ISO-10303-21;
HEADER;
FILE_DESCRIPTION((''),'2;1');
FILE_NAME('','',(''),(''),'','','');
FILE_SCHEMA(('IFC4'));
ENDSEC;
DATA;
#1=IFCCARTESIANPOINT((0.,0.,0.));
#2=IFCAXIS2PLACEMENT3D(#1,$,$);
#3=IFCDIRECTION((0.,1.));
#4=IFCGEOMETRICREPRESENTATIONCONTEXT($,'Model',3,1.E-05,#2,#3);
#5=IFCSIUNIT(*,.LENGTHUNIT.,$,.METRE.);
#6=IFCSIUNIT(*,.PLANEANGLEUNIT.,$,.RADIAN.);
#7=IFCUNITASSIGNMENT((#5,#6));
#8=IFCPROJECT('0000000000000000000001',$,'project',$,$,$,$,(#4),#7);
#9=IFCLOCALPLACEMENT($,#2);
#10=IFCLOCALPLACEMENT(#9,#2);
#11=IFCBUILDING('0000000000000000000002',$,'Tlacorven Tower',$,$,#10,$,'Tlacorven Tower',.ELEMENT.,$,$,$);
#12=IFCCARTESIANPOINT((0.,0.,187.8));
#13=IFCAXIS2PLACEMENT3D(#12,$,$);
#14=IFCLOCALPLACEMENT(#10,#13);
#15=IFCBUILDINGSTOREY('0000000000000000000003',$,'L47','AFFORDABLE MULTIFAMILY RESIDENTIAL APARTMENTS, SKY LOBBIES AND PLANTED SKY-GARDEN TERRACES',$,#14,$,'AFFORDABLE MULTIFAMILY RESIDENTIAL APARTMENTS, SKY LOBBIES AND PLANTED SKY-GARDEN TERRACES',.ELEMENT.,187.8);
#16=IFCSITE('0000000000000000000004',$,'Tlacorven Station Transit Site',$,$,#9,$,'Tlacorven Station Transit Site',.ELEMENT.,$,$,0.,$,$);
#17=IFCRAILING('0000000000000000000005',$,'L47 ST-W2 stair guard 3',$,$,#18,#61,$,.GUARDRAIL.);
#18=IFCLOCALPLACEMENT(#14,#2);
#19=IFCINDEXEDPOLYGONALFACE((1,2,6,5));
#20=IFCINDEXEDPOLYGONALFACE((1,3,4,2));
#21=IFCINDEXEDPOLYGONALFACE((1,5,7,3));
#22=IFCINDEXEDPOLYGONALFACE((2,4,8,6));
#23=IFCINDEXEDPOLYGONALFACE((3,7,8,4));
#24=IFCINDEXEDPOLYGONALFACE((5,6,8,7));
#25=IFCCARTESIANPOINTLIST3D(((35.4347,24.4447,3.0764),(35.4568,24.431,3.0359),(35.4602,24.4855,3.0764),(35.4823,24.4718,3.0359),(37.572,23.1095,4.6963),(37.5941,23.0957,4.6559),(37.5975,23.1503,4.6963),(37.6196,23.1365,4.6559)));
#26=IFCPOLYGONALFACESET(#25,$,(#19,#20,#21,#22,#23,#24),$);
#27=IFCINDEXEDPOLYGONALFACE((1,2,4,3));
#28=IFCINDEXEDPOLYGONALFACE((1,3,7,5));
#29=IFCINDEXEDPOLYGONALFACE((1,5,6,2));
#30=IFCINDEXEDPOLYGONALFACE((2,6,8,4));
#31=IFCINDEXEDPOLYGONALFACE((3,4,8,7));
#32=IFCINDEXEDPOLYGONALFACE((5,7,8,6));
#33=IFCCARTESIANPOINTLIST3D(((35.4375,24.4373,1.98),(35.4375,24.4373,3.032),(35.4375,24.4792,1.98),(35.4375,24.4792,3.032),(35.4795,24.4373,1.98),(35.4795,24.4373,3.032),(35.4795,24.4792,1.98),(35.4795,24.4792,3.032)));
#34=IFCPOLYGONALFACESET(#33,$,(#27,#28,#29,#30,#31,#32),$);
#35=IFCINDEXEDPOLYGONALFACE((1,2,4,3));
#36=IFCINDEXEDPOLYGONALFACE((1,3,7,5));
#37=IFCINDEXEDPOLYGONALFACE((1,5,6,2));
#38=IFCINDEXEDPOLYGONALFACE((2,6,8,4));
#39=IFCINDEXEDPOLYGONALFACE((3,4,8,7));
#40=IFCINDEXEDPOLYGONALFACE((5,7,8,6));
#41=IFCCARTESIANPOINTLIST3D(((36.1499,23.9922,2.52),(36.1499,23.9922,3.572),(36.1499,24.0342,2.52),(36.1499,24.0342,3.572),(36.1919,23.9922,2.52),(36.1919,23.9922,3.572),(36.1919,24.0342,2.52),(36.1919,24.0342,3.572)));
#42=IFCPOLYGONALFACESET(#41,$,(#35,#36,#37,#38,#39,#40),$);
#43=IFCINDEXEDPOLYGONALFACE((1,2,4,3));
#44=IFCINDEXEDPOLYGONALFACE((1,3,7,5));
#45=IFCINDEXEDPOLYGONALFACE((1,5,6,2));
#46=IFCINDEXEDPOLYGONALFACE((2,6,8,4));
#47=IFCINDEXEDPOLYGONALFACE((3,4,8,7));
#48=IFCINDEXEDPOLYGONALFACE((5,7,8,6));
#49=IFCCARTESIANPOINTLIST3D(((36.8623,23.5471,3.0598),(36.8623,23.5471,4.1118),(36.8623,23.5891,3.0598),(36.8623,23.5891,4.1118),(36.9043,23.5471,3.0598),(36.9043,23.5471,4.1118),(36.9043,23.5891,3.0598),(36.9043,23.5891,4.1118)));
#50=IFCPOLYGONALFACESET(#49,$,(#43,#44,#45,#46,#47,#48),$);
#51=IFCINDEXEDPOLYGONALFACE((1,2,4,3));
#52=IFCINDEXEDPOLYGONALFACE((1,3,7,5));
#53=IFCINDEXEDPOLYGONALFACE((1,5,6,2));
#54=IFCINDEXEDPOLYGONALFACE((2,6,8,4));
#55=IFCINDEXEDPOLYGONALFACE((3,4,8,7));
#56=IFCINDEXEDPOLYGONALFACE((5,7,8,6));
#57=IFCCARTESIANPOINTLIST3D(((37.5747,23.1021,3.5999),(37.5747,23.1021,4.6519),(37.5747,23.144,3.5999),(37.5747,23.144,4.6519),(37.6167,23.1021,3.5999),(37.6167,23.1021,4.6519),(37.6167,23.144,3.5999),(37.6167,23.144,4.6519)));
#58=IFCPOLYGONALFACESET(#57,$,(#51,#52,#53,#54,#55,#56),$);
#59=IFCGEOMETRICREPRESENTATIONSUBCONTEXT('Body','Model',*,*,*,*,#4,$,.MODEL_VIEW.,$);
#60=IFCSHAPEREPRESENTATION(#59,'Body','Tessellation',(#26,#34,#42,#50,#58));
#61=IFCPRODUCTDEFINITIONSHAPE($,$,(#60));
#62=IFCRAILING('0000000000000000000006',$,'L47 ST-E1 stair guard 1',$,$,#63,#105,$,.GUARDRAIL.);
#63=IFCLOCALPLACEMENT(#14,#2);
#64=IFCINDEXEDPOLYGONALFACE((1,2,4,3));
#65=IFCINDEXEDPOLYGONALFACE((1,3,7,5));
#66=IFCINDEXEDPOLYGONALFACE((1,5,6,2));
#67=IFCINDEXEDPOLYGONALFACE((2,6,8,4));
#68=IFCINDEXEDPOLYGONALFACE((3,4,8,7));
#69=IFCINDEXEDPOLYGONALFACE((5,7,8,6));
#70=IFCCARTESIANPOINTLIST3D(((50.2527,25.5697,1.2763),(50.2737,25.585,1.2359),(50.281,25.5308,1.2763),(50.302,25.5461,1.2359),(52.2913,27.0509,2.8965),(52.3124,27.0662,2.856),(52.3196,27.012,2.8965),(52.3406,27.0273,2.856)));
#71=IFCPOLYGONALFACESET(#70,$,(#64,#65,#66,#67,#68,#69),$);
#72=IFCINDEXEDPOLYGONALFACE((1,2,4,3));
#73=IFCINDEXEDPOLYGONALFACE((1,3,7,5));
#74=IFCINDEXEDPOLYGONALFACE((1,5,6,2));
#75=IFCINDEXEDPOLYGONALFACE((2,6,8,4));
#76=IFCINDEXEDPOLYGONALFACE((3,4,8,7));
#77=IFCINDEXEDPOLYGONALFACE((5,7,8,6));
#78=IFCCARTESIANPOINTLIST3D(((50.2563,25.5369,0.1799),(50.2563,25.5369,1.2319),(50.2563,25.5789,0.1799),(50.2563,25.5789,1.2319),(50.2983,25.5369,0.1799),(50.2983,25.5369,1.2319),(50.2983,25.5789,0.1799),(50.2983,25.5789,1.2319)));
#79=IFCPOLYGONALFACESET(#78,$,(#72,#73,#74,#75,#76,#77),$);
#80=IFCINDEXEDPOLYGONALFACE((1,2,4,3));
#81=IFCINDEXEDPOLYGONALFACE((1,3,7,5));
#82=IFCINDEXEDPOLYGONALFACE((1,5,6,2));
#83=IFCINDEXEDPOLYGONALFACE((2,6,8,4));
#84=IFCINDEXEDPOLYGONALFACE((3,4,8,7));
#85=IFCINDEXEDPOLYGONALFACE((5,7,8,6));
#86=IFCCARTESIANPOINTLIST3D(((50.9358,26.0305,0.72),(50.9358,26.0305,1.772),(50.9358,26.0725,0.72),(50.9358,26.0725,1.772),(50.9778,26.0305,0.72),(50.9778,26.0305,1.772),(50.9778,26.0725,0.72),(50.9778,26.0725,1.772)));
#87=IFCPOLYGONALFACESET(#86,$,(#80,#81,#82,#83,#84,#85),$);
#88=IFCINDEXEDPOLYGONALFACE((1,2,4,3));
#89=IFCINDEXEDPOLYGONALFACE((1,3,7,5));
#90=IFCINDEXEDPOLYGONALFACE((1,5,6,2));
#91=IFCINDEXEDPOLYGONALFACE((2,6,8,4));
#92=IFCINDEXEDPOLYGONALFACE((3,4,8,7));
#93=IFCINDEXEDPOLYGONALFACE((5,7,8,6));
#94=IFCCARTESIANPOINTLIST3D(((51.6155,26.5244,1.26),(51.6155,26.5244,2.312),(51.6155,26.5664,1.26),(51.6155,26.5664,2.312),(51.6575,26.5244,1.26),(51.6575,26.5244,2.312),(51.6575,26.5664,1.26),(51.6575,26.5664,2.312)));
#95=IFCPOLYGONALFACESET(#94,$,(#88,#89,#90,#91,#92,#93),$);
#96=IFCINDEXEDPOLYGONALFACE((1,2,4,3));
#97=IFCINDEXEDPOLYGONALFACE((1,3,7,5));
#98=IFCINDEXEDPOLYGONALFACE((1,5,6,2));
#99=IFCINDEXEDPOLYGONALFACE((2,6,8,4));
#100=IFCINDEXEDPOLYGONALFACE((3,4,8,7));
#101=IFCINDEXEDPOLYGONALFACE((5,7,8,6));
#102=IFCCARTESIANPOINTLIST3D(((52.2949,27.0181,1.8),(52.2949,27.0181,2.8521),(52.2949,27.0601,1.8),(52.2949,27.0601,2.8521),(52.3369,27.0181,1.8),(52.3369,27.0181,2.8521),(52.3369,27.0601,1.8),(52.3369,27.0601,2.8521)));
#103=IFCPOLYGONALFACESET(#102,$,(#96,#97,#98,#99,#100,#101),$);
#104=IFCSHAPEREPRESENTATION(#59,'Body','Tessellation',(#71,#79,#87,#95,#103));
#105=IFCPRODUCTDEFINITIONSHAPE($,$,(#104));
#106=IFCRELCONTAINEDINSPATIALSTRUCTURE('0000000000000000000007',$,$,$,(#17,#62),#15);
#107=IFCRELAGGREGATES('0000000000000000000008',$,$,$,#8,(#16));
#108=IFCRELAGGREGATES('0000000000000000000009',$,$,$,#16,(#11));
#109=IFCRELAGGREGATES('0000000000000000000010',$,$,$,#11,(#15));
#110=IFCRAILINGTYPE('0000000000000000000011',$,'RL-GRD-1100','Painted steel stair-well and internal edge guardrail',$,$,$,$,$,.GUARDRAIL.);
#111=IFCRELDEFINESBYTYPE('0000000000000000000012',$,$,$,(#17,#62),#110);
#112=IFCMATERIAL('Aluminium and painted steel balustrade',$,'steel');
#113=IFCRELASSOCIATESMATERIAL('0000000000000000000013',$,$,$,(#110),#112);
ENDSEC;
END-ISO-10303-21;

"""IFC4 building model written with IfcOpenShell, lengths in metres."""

from ifc_helpers import new_model, si_unit, direction, frame, origin, origin_2d, place, context, subcontext, project, spatial, rectangle, extrude, source, transform, mapped, material, type_object, element, save


model = new_model("IFC4")

# Units and contexts
model_context = context("Model", 3, precision=1e-05, world=origin(), true_north=direction((0.0, 1.0)))
body_context = subcontext(model_context, "Body", "Model", "MODEL_VIEW")
ifc_project = project(units=[si_unit("LENGTHUNIT", "METRE"), si_unit("PLANEANGLEUNIT", "RADIAN")], contexts=[model_context])

# Site, building, storey
site_placement = place(None, origin())
site = spatial("IfcSite", under=ifc_project, at=site_placement, Name="Tlacorven Station Transit Site", LongName="Tlacorven Station Transit Site", CompositionType="ELEMENT", RefElevation=0.0)
building_placement = place(site_placement, origin())
building = spatial("IfcBuilding", under=site, at=building_placement, Name="Tlacorven Tower", LongName="Tlacorven Tower", CompositionType="ELEMENT")
storey_placement = place(building_placement, frame((0.0, 0.0, 187.8)))
storey = spatial("IfcBuildingStorey", under=building, at=storey_placement, Name="L47", Description="AFFORDABLE MULTIFAMILY RESIDENTIAL APARTMENTS, SKY LOBBIES AND PLANTED SKY-GARDEN TERRACES", LongName="AFFORDABLE MULTIFAMILY RESIDENTIAL APARTMENTS, SKY LOBBIES AND PLANTED SKY-GARDEN TERRACES", CompositionType="ELEMENT", Elevation=187.8)

# Railings
ifc_material_1 = material(Name="Aluminium and painted steel balustrade", Category="steel")
railing_type_1 = type_object("IfcRailingType", Name="RL-GRD-1100", Description="Painted steel stair-well and internal edge guardrail", PredefinedType="GUARDRAIL", material=ifc_material_1)
shared_shape_1 = source(origin(), body_context, "Body", "SweptSolid", [
    extrude(rectangle(XDim=0.0481, YDim=0.0481, at=origin_2d()), frame((0.0, 0.0, 1.0762), z_axis=(0.713417, -0.445702, 0.540727), x_axis=(0.529842, 0.848096, 0.0)), (0.0, 0.0, 1.0), 2.9958),
    extrude(rectangle(XDim=0.042, YDim=0.042, at=origin_2d()), origin(), (0.0, 0.0, 1.0), 1.052),
    extrude(rectangle(XDim=0.042, YDim=0.042, at=origin_2d()), frame((0.7124, -0.4451, 0.54)), (0.0, 0.0, 1.0), 1.052),
    extrude(rectangle(XDim=0.042, YDim=0.042, at=origin_2d()), frame((1.4248, -0.8901, 1.0798)), (0.0, 0.0, 1.0), 1.052),
    extrude(rectangle(XDim=0.042, YDim=0.042, at=origin_2d()), frame((2.1372, -1.3352, 1.6199)), (0.0, 0.0, 1.0), 1.052),
])
railing_1_placement = place(storey_placement, frame((35.4585, 24.4583, 1.98)))
element("IfcRailing", 1, at=railing_1_placement, inside=storey, type_object=railing_type_1, Name="L47 ST-W2 stair guard 3", PredefinedType="GUARDRAIL", context=body_context, shape_type="MappedRepresentation", body=[
    mapped(shared_shape_1, transform((0.0, 0.0, 0.0), scale=1.0)),
])
shared_shape_2 = source(origin(), body_context, "Body", "SweptSolid", [
    extrude(rectangle(XDim=0.0481, YDim=0.0481, at=origin_2d()), frame((0.0, 0.0, 1.0762), z_axis=(0.680489, 0.494434, 0.540805), x_axis=(-0.587809, 0.809, 0.0)), (0.0, 0.0, 1.0), 2.9958),
    extrude(rectangle(XDim=0.042, YDim=0.042, at=origin_2d()), origin(), (0.0, 0.0, 1.0), 1.052),
    extrude(rectangle(XDim=0.042, YDim=0.042, at=origin_2d()), frame((0.6794, 0.4937, 0.54)), (0.0, 0.0, 1.0), 1.052),
    extrude(rectangle(XDim=0.042, YDim=0.042, at=origin_2d()), frame((1.3591, 0.9875, 1.0801)), (0.0, 0.0, 1.0), 1.052),
    extrude(rectangle(XDim=0.042, YDim=0.042, at=origin_2d()), frame((2.0386, 1.4812, 1.6201)), (0.0, 0.0, 1.0), 1.052),
])
railing_2_placement = place(storey_placement, frame((50.2773, 25.5579, 0.1799)))
element("IfcRailing", 2, at=railing_2_placement, inside=storey, type_object=railing_type_1, Name="L47 ST-E1 stair guard 1", PredefinedType="GUARDRAIL", context=body_context, shape_type="MappedRepresentation", body=[
    mapped(shared_shape_2, transform((0.0, 0.0, 0.0), scale=1.0)),
])

save(model, "model.ifc")
